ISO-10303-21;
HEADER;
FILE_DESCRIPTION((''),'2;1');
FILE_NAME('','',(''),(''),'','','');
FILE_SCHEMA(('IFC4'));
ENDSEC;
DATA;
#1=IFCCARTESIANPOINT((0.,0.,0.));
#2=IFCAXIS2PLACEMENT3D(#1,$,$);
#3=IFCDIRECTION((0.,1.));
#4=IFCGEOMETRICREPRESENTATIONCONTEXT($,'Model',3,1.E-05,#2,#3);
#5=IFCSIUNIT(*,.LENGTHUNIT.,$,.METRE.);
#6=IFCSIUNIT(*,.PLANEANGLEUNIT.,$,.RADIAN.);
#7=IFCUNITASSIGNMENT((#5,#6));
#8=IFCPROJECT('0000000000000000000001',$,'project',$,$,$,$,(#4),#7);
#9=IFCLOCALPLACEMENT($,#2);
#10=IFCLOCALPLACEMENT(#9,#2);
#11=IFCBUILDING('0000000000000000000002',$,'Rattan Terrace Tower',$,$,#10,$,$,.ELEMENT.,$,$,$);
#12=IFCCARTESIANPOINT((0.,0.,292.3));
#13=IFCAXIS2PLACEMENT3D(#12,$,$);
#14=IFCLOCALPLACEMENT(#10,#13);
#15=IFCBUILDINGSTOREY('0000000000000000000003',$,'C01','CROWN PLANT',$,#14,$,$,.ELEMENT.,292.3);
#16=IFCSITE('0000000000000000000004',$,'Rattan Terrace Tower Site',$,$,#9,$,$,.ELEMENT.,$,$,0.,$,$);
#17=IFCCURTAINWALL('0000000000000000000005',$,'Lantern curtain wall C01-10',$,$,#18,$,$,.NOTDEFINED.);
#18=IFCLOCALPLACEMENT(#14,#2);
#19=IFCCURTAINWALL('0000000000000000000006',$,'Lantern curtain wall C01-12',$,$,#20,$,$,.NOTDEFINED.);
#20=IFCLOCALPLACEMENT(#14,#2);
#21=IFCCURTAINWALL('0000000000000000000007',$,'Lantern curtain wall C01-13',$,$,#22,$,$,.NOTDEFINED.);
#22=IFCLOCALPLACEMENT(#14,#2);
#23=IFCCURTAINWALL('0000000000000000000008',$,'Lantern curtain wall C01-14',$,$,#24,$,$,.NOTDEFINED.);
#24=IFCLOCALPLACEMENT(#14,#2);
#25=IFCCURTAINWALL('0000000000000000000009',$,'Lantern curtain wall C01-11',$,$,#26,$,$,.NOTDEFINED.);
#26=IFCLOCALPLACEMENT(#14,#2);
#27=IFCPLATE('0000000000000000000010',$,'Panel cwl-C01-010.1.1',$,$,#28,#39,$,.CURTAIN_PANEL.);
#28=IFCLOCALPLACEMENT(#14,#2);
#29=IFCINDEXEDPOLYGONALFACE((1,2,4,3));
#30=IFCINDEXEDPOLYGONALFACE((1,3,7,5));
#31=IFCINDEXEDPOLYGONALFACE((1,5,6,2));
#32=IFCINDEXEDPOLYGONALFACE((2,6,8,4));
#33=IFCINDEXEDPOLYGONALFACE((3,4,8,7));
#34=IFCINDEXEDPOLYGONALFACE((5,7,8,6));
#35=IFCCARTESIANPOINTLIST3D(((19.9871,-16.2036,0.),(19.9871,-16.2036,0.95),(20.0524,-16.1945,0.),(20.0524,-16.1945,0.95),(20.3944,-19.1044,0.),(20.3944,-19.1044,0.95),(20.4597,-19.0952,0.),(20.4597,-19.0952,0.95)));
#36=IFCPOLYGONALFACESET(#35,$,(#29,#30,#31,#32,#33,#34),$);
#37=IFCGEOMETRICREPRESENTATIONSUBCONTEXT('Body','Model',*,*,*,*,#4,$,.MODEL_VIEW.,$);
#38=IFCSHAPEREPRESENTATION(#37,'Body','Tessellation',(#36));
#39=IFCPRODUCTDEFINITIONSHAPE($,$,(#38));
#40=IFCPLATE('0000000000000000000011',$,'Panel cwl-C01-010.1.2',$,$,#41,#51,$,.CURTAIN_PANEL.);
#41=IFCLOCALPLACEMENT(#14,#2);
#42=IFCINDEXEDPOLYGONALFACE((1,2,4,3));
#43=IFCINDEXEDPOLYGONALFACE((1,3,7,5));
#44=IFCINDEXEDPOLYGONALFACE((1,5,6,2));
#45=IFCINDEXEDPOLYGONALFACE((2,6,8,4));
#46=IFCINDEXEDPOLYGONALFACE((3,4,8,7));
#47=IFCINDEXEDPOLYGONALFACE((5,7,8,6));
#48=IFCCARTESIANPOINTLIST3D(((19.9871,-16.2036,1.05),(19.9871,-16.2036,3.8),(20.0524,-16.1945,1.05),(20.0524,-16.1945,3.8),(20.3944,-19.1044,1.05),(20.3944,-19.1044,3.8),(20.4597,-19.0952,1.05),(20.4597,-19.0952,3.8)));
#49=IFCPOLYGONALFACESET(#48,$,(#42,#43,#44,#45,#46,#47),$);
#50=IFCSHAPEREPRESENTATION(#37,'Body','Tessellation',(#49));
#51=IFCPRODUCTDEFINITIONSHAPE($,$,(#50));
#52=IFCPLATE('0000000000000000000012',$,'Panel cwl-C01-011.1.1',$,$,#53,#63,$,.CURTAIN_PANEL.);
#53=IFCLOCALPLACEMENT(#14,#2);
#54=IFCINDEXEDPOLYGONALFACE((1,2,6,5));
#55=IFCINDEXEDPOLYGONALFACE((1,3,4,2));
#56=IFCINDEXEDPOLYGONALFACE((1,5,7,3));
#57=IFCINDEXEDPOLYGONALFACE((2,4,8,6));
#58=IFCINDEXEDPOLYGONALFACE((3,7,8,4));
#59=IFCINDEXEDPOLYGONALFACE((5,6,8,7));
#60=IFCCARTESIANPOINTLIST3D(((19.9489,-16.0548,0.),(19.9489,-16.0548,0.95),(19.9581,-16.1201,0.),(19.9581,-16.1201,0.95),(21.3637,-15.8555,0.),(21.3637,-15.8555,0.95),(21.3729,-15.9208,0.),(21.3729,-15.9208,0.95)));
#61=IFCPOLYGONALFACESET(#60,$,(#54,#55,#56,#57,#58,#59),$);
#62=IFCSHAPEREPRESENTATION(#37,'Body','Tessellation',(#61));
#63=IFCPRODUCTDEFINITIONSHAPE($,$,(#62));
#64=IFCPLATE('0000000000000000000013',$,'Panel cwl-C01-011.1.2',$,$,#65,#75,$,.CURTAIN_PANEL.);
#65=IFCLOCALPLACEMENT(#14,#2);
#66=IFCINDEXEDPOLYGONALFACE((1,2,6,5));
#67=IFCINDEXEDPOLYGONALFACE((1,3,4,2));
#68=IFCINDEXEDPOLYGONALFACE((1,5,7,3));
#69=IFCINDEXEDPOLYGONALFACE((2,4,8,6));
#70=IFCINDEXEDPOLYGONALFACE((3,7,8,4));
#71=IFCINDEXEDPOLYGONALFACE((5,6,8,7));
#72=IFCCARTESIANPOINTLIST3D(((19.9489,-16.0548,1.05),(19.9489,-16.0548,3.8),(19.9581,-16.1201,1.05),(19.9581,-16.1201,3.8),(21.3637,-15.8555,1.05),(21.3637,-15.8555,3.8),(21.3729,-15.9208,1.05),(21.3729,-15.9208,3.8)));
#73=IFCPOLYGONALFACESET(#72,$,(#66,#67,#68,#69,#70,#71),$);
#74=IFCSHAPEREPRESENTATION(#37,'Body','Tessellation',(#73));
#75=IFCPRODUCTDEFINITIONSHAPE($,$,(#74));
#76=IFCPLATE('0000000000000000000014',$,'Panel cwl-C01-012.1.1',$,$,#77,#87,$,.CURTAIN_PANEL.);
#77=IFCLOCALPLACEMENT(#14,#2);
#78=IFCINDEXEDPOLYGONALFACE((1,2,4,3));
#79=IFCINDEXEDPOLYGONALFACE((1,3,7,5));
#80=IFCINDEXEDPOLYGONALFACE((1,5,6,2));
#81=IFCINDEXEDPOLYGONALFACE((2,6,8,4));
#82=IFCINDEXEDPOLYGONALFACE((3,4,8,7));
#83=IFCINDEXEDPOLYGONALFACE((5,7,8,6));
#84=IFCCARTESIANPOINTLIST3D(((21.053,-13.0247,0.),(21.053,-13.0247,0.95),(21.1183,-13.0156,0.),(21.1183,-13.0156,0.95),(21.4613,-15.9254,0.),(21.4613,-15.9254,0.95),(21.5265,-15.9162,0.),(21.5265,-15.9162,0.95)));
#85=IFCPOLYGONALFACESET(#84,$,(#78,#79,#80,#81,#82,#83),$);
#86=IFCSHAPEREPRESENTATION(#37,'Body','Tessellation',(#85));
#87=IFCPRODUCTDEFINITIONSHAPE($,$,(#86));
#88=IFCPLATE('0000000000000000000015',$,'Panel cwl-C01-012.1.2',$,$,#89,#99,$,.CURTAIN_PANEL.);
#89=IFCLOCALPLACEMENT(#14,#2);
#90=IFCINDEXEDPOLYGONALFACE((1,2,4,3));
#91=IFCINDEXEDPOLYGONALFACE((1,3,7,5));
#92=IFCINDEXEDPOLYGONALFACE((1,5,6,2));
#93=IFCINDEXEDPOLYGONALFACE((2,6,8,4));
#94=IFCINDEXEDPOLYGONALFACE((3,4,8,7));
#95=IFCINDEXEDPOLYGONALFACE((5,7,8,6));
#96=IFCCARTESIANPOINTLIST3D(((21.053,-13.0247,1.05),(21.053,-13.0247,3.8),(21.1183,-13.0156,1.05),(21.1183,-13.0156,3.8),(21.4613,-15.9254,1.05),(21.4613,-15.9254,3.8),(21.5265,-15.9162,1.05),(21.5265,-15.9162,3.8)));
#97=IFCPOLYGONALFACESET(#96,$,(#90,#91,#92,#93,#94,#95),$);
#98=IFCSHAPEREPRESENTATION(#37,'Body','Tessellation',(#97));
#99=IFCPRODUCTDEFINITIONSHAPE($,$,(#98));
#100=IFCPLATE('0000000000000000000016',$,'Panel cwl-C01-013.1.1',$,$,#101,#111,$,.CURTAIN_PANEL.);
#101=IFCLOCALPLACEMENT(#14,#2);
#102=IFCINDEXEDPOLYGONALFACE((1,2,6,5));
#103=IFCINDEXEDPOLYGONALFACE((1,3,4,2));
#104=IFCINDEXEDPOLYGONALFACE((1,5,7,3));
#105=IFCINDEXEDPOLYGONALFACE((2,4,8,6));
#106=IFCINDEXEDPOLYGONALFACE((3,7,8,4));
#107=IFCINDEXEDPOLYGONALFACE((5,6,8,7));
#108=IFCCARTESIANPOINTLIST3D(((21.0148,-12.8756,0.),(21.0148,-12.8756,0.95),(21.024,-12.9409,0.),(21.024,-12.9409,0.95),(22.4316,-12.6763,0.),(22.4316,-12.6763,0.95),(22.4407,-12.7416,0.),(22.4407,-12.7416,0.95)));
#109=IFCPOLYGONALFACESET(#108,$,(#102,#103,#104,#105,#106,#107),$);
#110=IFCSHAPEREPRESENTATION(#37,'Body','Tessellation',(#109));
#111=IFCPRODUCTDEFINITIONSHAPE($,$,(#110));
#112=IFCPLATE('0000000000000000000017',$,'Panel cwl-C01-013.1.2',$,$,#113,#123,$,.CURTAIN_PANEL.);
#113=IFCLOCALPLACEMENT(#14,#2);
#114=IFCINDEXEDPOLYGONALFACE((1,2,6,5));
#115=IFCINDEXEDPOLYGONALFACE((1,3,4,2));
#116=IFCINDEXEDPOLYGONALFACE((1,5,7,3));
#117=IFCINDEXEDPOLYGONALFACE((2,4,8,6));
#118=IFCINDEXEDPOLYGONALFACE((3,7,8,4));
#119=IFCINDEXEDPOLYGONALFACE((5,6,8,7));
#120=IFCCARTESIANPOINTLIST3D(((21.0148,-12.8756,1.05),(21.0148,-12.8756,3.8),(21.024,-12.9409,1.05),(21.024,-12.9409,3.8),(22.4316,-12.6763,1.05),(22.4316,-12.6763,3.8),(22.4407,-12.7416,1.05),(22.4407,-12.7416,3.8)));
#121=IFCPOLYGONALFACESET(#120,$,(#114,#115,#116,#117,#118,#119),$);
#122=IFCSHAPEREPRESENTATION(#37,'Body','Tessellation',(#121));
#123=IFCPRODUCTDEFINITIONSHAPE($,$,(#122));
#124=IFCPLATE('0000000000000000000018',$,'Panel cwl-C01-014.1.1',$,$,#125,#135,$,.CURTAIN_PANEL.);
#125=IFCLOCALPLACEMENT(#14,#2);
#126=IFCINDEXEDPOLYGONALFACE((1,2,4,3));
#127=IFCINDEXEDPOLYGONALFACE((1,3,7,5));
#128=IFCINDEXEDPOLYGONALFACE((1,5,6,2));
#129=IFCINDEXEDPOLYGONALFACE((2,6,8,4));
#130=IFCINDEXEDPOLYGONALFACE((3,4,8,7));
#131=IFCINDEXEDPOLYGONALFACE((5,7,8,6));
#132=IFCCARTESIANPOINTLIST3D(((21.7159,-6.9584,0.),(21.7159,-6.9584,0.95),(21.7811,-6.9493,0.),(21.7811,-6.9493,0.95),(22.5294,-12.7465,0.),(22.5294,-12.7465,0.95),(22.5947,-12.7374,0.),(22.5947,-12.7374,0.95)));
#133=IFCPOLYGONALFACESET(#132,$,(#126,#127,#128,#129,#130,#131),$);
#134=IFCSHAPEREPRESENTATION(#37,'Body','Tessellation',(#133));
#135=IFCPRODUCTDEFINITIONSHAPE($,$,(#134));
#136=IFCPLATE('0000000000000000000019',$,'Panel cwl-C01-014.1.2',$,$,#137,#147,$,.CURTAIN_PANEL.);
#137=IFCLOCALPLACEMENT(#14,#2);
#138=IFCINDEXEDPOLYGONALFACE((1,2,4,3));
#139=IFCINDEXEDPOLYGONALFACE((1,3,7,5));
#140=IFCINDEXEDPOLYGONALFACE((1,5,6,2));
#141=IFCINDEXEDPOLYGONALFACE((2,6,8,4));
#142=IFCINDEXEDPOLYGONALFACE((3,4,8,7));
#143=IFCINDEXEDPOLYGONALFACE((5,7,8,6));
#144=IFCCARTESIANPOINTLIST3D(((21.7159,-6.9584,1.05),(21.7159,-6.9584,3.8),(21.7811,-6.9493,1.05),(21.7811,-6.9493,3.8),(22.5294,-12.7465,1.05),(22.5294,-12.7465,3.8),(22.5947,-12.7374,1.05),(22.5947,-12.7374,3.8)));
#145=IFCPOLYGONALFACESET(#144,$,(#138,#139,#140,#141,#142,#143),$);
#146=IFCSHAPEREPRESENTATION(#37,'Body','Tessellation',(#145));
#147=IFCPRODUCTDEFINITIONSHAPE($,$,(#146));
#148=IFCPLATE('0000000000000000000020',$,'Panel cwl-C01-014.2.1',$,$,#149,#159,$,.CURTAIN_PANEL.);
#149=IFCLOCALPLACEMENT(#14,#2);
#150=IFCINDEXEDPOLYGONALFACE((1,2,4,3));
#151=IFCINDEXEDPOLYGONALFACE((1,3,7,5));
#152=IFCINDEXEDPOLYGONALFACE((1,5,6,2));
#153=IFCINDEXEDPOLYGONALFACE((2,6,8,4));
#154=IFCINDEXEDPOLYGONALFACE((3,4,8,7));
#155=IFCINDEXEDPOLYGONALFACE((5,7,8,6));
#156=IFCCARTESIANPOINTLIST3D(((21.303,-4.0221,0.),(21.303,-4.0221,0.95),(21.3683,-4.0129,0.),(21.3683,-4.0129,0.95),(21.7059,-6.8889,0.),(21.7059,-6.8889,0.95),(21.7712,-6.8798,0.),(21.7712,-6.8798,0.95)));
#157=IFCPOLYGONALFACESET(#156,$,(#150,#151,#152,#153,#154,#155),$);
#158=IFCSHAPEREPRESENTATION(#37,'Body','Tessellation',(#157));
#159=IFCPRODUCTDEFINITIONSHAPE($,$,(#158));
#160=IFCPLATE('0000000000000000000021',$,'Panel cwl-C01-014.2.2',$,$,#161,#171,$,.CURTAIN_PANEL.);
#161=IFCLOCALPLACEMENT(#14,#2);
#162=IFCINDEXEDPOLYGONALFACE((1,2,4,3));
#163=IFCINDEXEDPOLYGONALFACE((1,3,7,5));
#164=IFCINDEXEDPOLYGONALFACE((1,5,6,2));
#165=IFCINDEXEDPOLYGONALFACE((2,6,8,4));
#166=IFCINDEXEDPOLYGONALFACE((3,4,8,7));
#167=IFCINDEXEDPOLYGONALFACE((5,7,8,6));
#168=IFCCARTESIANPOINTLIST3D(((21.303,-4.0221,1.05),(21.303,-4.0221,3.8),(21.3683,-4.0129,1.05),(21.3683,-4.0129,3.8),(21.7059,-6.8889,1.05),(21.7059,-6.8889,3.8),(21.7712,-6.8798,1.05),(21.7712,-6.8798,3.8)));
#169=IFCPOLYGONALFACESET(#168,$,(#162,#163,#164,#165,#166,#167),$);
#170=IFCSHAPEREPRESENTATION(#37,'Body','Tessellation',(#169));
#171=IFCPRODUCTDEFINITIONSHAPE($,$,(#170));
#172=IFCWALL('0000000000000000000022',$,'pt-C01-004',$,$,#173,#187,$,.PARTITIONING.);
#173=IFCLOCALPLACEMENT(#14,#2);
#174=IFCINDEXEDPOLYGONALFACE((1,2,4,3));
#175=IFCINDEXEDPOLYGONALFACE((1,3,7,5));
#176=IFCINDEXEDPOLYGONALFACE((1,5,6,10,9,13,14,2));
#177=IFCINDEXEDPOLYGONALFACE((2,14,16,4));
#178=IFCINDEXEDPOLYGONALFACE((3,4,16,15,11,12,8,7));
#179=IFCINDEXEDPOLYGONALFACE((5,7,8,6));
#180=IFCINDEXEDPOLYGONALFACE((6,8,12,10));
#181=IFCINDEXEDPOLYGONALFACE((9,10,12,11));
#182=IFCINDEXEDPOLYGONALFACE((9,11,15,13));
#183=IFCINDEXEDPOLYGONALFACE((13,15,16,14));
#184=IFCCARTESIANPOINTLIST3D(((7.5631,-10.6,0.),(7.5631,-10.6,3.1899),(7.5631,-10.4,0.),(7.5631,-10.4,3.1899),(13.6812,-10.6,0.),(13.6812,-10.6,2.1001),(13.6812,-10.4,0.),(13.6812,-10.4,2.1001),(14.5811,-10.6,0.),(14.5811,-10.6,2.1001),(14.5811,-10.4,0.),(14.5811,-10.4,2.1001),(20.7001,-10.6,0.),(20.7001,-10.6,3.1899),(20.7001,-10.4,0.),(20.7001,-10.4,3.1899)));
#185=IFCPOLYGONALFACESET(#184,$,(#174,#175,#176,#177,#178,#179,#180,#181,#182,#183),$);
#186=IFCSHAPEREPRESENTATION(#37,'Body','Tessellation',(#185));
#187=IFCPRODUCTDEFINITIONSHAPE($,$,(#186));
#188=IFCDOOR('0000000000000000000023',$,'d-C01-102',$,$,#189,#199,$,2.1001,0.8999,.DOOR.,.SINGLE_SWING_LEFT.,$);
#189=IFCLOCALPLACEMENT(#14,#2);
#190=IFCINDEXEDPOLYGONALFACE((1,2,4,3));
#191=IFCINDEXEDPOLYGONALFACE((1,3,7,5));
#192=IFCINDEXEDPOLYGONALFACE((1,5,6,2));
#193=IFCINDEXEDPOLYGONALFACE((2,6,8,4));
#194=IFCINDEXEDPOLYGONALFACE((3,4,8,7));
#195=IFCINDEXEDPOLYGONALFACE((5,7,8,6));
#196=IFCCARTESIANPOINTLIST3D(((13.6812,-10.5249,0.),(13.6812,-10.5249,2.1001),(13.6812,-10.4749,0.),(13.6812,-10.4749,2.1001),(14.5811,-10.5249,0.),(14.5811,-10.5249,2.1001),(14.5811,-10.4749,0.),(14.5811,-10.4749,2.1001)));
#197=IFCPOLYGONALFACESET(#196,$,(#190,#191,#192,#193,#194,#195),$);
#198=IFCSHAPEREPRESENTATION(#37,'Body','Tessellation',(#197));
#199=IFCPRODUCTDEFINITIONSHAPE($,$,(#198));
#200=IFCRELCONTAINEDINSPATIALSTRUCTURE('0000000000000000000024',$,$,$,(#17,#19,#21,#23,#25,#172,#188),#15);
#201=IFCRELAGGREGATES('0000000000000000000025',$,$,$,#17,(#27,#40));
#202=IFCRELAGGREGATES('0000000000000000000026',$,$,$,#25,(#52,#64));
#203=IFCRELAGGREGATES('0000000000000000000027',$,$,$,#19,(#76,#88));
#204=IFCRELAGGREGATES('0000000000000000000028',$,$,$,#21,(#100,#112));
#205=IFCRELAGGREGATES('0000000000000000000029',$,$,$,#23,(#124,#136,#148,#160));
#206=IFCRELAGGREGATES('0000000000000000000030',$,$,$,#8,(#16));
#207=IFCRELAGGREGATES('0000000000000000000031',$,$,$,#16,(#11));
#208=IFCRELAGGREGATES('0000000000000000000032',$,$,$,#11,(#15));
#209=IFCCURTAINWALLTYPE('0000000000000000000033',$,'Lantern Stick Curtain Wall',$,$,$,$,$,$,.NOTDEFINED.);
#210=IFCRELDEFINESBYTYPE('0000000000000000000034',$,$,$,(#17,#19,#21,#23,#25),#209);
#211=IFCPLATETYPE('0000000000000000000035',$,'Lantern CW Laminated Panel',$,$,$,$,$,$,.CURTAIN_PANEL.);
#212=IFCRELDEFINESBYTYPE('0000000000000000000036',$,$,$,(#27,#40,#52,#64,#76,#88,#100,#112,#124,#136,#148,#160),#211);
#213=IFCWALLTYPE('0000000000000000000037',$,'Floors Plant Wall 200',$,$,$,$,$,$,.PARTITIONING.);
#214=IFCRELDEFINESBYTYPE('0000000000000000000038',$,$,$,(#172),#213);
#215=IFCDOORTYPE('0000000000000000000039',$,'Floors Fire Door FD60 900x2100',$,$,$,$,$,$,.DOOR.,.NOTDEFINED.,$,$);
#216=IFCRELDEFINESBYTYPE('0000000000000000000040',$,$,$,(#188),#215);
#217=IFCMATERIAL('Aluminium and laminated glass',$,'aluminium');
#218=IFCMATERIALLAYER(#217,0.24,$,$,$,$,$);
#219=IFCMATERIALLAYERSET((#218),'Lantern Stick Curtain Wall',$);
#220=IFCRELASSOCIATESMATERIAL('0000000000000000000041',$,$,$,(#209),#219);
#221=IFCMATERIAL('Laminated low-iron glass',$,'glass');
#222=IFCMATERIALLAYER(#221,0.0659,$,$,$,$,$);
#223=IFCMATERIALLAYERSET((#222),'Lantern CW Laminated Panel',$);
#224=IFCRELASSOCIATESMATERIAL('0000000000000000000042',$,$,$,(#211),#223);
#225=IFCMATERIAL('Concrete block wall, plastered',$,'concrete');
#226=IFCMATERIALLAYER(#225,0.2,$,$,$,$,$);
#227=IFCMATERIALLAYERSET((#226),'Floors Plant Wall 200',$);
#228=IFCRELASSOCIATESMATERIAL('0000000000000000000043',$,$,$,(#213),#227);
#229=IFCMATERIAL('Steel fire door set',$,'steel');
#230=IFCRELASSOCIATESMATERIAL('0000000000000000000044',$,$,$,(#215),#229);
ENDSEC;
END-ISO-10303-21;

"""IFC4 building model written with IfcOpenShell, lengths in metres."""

from ifc_helpers import new_model, si_unit, direction, frame, frame_2d, origin, origin_2d, place, context, subcontext, project, spatial, rectangle, extrude, material, layer, layer_set, type_object, element, fill, aggregate, save


model = new_model("IFC4")

# Units and contexts
model_context = context("Model", 3, precision=1e-05, world=origin(), true_north=direction((0.0, 1.0)))
body_context = subcontext(model_context, "Body", "Model", "MODEL_VIEW")
ifc_project = project(units=[si_unit("LENGTHUNIT", "METRE"), si_unit("PLANEANGLEUNIT", "RADIAN")], contexts=[model_context])

# Site, building, storey
site_placement = place(None, origin())
site = spatial("IfcSite", under=ifc_project, at=site_placement, Name="Rattan Terrace Tower Site", CompositionType="ELEMENT", RefElevation=0.0)
building_placement = place(site_placement, origin())
building = spatial("IfcBuilding", under=site, at=building_placement, Name="Rattan Terrace Tower", CompositionType="ELEMENT")
storey_placement = place(building_placement, frame((0.0, 0.0, 292.3)))
storey = spatial("IfcBuildingStorey", under=building, at=storey_placement, Name="C01", Description="CROWN PLANT", CompositionType="ELEMENT", Elevation=292.3)

# Curtain walls
ifc_material_1 = material(Name="Aluminium and laminated glass", Category="aluminium")
ifc_layer_1 = layer(ifc_material_1, 0.24)
ifc_layer_set_1 = layer_set([ifc_layer_1], Name="Lantern Stick Curtain Wall")
curtain_wall_type = type_object("IfcCurtainWallType", Name="Lantern Stick Curtain Wall", PredefinedType="NOTDEFINED", material=ifc_layer_set_1)
curtain_wall_1_placement = place(storey_placement, origin())
curtain_wall_1 = element("IfcCurtainWall", 1, at=curtain_wall_1_placement, inside=storey, type_object=curtain_wall_type, Name="Lantern curtain wall C01-10", PredefinedType="NOTDEFINED")
curtain_wall_2_placement = place(storey_placement, origin())
curtain_wall_2 = element("IfcCurtainWall", 2, at=curtain_wall_2_placement, inside=storey, type_object=curtain_wall_type, Name="Lantern curtain wall C01-12", PredefinedType="NOTDEFINED")
curtain_wall_3_placement = place(storey_placement, origin())
curtain_wall_3 = element("IfcCurtainWall", 3, at=curtain_wall_3_placement, inside=storey, type_object=curtain_wall_type, Name="Lantern curtain wall C01-13", PredefinedType="NOTDEFINED")

# Curtain wall
curtain_wall_4_placement = place(storey_placement, origin())
curtain_wall_4 = element("IfcCurtainWall", 4, at=curtain_wall_4_placement, inside=storey, type_object=curtain_wall_type, Name="Lantern curtain wall C01-14", PredefinedType="NOTDEFINED")

# Curtain wall
curtain_wall_5_placement = place(storey_placement, origin())
curtain_wall_5 = element("IfcCurtainWall", 5, at=curtain_wall_5_placement, inside=storey, type_object=curtain_wall_type, Name="Lantern curtain wall C01-11", PredefinedType="NOTDEFINED")

# Plates
ifc_material_2 = material(Name="Laminated low-iron glass", Category="glass")
ifc_layer_2 = layer(ifc_material_2, 0.0659)
ifc_layer_set_2 = layer_set([ifc_layer_2], Name="Lantern CW Laminated Panel")
plate_type = type_object("IfcPlateType", Name="Lantern CW Laminated Panel", PredefinedType="CURTAIN_PANEL", material=ifc_layer_set_2)
plate_1_placement = place(storey_placement, frame((20.2234, -17.6494, 0.0), z_axis=(0.0, 0.0, 1.0), x_axis=(-0.13904, 0.990287, 0.0)))
plate_1 = element("IfcPlate", 6, at=plate_1_placement, type_object=plate_type, Name="Panel cwl-C01-010.1.1", PredefinedType="CURTAIN_PANEL", context=body_context, shape_type="SweptSolid", body=[
    extrude(rectangle(XDim=2.9292, YDim=0.0659, at=origin_2d()), origin(), (0.0, 0.0, 1.0), 0.95),
])
plate_2_placement = place(storey_placement, frame((20.2234, -17.6494, 1.05), z_axis=(0.0, 0.0, 1.0), x_axis=(-0.13904, 0.990287, 0.0)))
plate_2 = element("IfcPlate", 7, at=plate_2_placement, type_object=plate_type, Name="Panel cwl-C01-010.1.2", PredefinedType="CURTAIN_PANEL", context=body_context, shape_type="SweptSolid", body=[
    extrude(rectangle(XDim=2.9292, YDim=0.0659, at=origin_2d()), origin(), (0.0, 0.0, 1.0), 2.75),
])
aggregate(curtain_wall_1, [plate_1, plate_2])
plate_3_placement = place(storey_placement, frame((20.6609, -15.9878, 0.0), z_axis=(0.0, 0.0, 1.0), x_axis=(0.990228, 0.139459, 0.0)))
plate_3 = element("IfcPlate", 8, at=plate_3_placement, type_object=plate_type, Name="Panel cwl-C01-011.1.1", PredefinedType="CURTAIN_PANEL", context=body_context, shape_type="SweptSolid", body=[
    extrude(rectangle(XDim=1.4287, YDim=0.0659, at=origin_2d()), origin(), (0.0, 0.0, 1.0), 0.95),
])
plate_4_placement = place(storey_placement, frame((20.6609, -15.9878, 1.05), z_axis=(0.0, 0.0, 1.0), x_axis=(0.990228, 0.139459, 0.0)))
plate_4 = element("IfcPlate", 9, at=plate_4_placement, type_object=plate_type, Name="Panel cwl-C01-011.1.2", PredefinedType="CURTAIN_PANEL", context=body_context, shape_type="SweptSolid", body=[
    extrude(rectangle(XDim=1.4287, YDim=0.0659, at=origin_2d()), origin(), (0.0, 0.0, 1.0), 2.75),
])
aggregate(curtain_wall_5, [plate_3, plate_4])
plate_5_placement = place(storey_placement, frame((21.2898, -14.4705, 0.0), z_axis=(0.0, 0.0, 1.0), x_axis=(-0.139367, 0.990241, 0.0)))
plate_5 = element("IfcPlate", 10, at=plate_5_placement, type_object=plate_type, Name="Panel cwl-C01-012.1.1", PredefinedType="CURTAIN_PANEL", context=body_context, shape_type="SweptSolid", body=[
    extrude(rectangle(XDim=2.9292, YDim=0.0659, at=origin_2d()), origin(), (0.0, 0.0, 1.0), 0.95),
])
plate_6_placement = place(storey_placement, frame((21.2898, -14.4705, 1.05), z_axis=(0.0, 0.0, 1.0), x_axis=(-0.139367, 0.990241, 0.0)))
plate_6 = element("IfcPlate", 11, at=plate_6_placement, type_object=plate_type, Name="Panel cwl-C01-012.1.2", PredefinedType="CURTAIN_PANEL", context=body_context, shape_type="SweptSolid", body=[
    extrude(rectangle(XDim=2.9292, YDim=0.0659, at=origin_2d()), origin(), (0.0, 0.0, 1.0), 2.75),
])
aggregate(curtain_wall_2, [plate_5, plate_6])
plate_7_placement = place(storey_placement, frame((21.7278, -12.8086, 0.0), z_axis=(0.0, 0.0, 1.0), x_axis=(0.990254, 0.139275, 0.0)))
plate_7 = element("IfcPlate", 12, at=plate_7_placement, type_object=plate_type, Name="Panel cwl-C01-013.1.1", PredefinedType="CURTAIN_PANEL", context=body_context, shape_type="SweptSolid", body=[
    extrude(rectangle(XDim=1.4307, YDim=0.0659, at=origin_2d()), origin(), (0.0, 0.0, 1.0), 0.95),
])
plate_8_placement = place(storey_placement, frame((21.7278, -12.8086, 1.05), z_axis=(0.0, 0.0, 1.0), x_axis=(0.990254, 0.139275, 0.0)))
plate_8 = element("IfcPlate", 13, at=plate_8_placement, type_object=plate_type, Name="Panel cwl-C01-013.1.2", PredefinedType="CURTAIN_PANEL", context=body_context, shape_type="SweptSolid", body=[
    extrude(rectangle(XDim=1.4307, YDim=0.0659, at=origin_2d()), origin(), (0.0, 0.0, 1.0), 2.75),
])
aggregate(curtain_wall_3, [plate_7, plate_8])
plate_9_placement = place(storey_placement, frame((22.1553, -9.8479, 0.0), z_axis=(0.0, 0.0, 1.0), x_axis=(-0.139188, 0.990266, 0.0)))
plate_9 = element("IfcPlate", 14, at=plate_9_placement, type_object=plate_type, Name="Panel cwl-C01-014.1.1", PredefinedType="CURTAIN_PANEL", context=body_context, shape_type="SweptSolid", body=[
    extrude(rectangle(XDim=5.845, YDim=0.0659, at=origin_2d()), origin(), (0.0, 0.0, 1.0), 0.95),
])
plate_10_placement = place(storey_placement, frame((22.1553, -9.8479, 1.05), z_axis=(0.0, 0.0, 1.0), x_axis=(-0.139188, 0.990266, 0.0)))
plate_10 = element("IfcPlate", 15, at=plate_10_placement, type_object=plate_type, Name="Panel cwl-C01-014.1.2", PredefinedType="CURTAIN_PANEL", context=body_context, shape_type="SweptSolid", body=[
    extrude(rectangle(XDim=5.845, YDim=0.0659, at=origin_2d()), origin(), (0.0, 0.0, 1.0), 2.75),
])
plate_11_placement = place(storey_placement, frame((21.5371, -5.4509, 0.0), z_axis=(0.0, 0.0, 1.0), x_axis=(-0.139188, 0.990266, 0.0)))
plate_11 = element("IfcPlate", 16, at=plate_11_placement, type_object=plate_type, Name="Panel cwl-C01-014.2.1", PredefinedType="CURTAIN_PANEL", context=body_context, shape_type="SweptSolid", body=[
    extrude(rectangle(XDim=2.895, YDim=0.0659, at=origin_2d()), origin(), (0.0, 0.0, 1.0), 0.95),
])
plate_12_placement = place(storey_placement, frame((21.5371, -5.4509, 1.05), z_axis=(0.0, 0.0, 1.0), x_axis=(-0.139188, 0.990266, 0.0)))
plate_12 = element("IfcPlate", 17, at=plate_12_placement, type_object=plate_type, Name="Panel cwl-C01-014.2.2", PredefinedType="CURTAIN_PANEL", context=body_context, shape_type="SweptSolid", body=[
    extrude(rectangle(XDim=2.895, YDim=0.0659, at=origin_2d()), origin(), (0.0, 0.0, 1.0), 2.75),
])
aggregate(curtain_wall_4, [plate_9, plate_10, plate_11, plate_12])

# Wall, opening, door
ifc_material_3 = material(Name="Concrete block wall, plastered", Category="concrete")
ifc_layer_3 = layer(ifc_material_3, 0.2)
ifc_layer_set_3 = layer_set([ifc_layer_3], Name="Floors Plant Wall 200")
wall_type_1 = type_object("IfcWallType", Name="Floors Plant Wall 200", PredefinedType="PARTITIONING", material=ifc_layer_set_3)
wall_1_placement = place(storey_placement, frame((20.7, -10.5, 0.0), z_axis=(0.0, 0.0, 1.0), x_axis=(-1.0, 0.0, 0.0)))
wall_1 = element("IfcWall", 18, at=wall_1_placement, inside=storey, type_object=wall_type_1, Name="pt-C01-004", PredefinedType="PARTITIONING", context=body_context, shape_type="SweptSolid", body=[
    extrude(rectangle(XDim=13.137, YDim=0.2, at=frame_2d((6.5684, 0.0))), origin(), (0.0, 0.0, 1.0), 3.1899),
])
opening_1_placement = place(wall_1_placement, frame((6.1189, 0.0, 0.0)))
opening_1 = element("IfcOpeningElement", 19, at=opening_1_placement, cuts=wall_1, PredefinedType="OPENING", context=body_context, shape_type="SweptSolid", body=[
    extrude(rectangle(XDim=0.8999, YDim=2.1001, at=frame_2d((0.45, 1.05))), frame((0.0, 0.1106, 0.0), z_axis=(0.0, -1.0, 0.0), x_axis=(1.0, 0.0, 0.0)), (0.0, 0.0, 1.0), 0.2209),
])
ifc_material_4 = material(Name="Steel fire door set", Category="steel")
door_type_1 = type_object("IfcDoorType", Name="Floors Fire Door FD60 900x2100", OperationType="NOTDEFINED", PredefinedType="DOOR", material=ifc_material_4)
door_1_placement = place(opening_1_placement, origin())
door_1 = element("IfcDoor", 20, at=door_1_placement, inside=storey, type_object=door_type_1, Name="d-C01-102", OperationType="SINGLE_SWING_LEFT", OverallHeight=2.1001, OverallWidth=0.8999, PredefinedType="DOOR", context=body_context, shape_type="SweptSolid", body=[
    extrude(rectangle(XDim=0.8999, YDim=2.1001, at=frame_2d((0.45, 1.05))), frame((0.0, 0.0249, 0.0), z_axis=(0.0, -1.0, 0.0), x_axis=(1.0, 0.0, 0.0)), (0.0, 0.0, 1.0), 0.05),
])
fill(opening_1, door_1)

save(model, "model.ifc")
